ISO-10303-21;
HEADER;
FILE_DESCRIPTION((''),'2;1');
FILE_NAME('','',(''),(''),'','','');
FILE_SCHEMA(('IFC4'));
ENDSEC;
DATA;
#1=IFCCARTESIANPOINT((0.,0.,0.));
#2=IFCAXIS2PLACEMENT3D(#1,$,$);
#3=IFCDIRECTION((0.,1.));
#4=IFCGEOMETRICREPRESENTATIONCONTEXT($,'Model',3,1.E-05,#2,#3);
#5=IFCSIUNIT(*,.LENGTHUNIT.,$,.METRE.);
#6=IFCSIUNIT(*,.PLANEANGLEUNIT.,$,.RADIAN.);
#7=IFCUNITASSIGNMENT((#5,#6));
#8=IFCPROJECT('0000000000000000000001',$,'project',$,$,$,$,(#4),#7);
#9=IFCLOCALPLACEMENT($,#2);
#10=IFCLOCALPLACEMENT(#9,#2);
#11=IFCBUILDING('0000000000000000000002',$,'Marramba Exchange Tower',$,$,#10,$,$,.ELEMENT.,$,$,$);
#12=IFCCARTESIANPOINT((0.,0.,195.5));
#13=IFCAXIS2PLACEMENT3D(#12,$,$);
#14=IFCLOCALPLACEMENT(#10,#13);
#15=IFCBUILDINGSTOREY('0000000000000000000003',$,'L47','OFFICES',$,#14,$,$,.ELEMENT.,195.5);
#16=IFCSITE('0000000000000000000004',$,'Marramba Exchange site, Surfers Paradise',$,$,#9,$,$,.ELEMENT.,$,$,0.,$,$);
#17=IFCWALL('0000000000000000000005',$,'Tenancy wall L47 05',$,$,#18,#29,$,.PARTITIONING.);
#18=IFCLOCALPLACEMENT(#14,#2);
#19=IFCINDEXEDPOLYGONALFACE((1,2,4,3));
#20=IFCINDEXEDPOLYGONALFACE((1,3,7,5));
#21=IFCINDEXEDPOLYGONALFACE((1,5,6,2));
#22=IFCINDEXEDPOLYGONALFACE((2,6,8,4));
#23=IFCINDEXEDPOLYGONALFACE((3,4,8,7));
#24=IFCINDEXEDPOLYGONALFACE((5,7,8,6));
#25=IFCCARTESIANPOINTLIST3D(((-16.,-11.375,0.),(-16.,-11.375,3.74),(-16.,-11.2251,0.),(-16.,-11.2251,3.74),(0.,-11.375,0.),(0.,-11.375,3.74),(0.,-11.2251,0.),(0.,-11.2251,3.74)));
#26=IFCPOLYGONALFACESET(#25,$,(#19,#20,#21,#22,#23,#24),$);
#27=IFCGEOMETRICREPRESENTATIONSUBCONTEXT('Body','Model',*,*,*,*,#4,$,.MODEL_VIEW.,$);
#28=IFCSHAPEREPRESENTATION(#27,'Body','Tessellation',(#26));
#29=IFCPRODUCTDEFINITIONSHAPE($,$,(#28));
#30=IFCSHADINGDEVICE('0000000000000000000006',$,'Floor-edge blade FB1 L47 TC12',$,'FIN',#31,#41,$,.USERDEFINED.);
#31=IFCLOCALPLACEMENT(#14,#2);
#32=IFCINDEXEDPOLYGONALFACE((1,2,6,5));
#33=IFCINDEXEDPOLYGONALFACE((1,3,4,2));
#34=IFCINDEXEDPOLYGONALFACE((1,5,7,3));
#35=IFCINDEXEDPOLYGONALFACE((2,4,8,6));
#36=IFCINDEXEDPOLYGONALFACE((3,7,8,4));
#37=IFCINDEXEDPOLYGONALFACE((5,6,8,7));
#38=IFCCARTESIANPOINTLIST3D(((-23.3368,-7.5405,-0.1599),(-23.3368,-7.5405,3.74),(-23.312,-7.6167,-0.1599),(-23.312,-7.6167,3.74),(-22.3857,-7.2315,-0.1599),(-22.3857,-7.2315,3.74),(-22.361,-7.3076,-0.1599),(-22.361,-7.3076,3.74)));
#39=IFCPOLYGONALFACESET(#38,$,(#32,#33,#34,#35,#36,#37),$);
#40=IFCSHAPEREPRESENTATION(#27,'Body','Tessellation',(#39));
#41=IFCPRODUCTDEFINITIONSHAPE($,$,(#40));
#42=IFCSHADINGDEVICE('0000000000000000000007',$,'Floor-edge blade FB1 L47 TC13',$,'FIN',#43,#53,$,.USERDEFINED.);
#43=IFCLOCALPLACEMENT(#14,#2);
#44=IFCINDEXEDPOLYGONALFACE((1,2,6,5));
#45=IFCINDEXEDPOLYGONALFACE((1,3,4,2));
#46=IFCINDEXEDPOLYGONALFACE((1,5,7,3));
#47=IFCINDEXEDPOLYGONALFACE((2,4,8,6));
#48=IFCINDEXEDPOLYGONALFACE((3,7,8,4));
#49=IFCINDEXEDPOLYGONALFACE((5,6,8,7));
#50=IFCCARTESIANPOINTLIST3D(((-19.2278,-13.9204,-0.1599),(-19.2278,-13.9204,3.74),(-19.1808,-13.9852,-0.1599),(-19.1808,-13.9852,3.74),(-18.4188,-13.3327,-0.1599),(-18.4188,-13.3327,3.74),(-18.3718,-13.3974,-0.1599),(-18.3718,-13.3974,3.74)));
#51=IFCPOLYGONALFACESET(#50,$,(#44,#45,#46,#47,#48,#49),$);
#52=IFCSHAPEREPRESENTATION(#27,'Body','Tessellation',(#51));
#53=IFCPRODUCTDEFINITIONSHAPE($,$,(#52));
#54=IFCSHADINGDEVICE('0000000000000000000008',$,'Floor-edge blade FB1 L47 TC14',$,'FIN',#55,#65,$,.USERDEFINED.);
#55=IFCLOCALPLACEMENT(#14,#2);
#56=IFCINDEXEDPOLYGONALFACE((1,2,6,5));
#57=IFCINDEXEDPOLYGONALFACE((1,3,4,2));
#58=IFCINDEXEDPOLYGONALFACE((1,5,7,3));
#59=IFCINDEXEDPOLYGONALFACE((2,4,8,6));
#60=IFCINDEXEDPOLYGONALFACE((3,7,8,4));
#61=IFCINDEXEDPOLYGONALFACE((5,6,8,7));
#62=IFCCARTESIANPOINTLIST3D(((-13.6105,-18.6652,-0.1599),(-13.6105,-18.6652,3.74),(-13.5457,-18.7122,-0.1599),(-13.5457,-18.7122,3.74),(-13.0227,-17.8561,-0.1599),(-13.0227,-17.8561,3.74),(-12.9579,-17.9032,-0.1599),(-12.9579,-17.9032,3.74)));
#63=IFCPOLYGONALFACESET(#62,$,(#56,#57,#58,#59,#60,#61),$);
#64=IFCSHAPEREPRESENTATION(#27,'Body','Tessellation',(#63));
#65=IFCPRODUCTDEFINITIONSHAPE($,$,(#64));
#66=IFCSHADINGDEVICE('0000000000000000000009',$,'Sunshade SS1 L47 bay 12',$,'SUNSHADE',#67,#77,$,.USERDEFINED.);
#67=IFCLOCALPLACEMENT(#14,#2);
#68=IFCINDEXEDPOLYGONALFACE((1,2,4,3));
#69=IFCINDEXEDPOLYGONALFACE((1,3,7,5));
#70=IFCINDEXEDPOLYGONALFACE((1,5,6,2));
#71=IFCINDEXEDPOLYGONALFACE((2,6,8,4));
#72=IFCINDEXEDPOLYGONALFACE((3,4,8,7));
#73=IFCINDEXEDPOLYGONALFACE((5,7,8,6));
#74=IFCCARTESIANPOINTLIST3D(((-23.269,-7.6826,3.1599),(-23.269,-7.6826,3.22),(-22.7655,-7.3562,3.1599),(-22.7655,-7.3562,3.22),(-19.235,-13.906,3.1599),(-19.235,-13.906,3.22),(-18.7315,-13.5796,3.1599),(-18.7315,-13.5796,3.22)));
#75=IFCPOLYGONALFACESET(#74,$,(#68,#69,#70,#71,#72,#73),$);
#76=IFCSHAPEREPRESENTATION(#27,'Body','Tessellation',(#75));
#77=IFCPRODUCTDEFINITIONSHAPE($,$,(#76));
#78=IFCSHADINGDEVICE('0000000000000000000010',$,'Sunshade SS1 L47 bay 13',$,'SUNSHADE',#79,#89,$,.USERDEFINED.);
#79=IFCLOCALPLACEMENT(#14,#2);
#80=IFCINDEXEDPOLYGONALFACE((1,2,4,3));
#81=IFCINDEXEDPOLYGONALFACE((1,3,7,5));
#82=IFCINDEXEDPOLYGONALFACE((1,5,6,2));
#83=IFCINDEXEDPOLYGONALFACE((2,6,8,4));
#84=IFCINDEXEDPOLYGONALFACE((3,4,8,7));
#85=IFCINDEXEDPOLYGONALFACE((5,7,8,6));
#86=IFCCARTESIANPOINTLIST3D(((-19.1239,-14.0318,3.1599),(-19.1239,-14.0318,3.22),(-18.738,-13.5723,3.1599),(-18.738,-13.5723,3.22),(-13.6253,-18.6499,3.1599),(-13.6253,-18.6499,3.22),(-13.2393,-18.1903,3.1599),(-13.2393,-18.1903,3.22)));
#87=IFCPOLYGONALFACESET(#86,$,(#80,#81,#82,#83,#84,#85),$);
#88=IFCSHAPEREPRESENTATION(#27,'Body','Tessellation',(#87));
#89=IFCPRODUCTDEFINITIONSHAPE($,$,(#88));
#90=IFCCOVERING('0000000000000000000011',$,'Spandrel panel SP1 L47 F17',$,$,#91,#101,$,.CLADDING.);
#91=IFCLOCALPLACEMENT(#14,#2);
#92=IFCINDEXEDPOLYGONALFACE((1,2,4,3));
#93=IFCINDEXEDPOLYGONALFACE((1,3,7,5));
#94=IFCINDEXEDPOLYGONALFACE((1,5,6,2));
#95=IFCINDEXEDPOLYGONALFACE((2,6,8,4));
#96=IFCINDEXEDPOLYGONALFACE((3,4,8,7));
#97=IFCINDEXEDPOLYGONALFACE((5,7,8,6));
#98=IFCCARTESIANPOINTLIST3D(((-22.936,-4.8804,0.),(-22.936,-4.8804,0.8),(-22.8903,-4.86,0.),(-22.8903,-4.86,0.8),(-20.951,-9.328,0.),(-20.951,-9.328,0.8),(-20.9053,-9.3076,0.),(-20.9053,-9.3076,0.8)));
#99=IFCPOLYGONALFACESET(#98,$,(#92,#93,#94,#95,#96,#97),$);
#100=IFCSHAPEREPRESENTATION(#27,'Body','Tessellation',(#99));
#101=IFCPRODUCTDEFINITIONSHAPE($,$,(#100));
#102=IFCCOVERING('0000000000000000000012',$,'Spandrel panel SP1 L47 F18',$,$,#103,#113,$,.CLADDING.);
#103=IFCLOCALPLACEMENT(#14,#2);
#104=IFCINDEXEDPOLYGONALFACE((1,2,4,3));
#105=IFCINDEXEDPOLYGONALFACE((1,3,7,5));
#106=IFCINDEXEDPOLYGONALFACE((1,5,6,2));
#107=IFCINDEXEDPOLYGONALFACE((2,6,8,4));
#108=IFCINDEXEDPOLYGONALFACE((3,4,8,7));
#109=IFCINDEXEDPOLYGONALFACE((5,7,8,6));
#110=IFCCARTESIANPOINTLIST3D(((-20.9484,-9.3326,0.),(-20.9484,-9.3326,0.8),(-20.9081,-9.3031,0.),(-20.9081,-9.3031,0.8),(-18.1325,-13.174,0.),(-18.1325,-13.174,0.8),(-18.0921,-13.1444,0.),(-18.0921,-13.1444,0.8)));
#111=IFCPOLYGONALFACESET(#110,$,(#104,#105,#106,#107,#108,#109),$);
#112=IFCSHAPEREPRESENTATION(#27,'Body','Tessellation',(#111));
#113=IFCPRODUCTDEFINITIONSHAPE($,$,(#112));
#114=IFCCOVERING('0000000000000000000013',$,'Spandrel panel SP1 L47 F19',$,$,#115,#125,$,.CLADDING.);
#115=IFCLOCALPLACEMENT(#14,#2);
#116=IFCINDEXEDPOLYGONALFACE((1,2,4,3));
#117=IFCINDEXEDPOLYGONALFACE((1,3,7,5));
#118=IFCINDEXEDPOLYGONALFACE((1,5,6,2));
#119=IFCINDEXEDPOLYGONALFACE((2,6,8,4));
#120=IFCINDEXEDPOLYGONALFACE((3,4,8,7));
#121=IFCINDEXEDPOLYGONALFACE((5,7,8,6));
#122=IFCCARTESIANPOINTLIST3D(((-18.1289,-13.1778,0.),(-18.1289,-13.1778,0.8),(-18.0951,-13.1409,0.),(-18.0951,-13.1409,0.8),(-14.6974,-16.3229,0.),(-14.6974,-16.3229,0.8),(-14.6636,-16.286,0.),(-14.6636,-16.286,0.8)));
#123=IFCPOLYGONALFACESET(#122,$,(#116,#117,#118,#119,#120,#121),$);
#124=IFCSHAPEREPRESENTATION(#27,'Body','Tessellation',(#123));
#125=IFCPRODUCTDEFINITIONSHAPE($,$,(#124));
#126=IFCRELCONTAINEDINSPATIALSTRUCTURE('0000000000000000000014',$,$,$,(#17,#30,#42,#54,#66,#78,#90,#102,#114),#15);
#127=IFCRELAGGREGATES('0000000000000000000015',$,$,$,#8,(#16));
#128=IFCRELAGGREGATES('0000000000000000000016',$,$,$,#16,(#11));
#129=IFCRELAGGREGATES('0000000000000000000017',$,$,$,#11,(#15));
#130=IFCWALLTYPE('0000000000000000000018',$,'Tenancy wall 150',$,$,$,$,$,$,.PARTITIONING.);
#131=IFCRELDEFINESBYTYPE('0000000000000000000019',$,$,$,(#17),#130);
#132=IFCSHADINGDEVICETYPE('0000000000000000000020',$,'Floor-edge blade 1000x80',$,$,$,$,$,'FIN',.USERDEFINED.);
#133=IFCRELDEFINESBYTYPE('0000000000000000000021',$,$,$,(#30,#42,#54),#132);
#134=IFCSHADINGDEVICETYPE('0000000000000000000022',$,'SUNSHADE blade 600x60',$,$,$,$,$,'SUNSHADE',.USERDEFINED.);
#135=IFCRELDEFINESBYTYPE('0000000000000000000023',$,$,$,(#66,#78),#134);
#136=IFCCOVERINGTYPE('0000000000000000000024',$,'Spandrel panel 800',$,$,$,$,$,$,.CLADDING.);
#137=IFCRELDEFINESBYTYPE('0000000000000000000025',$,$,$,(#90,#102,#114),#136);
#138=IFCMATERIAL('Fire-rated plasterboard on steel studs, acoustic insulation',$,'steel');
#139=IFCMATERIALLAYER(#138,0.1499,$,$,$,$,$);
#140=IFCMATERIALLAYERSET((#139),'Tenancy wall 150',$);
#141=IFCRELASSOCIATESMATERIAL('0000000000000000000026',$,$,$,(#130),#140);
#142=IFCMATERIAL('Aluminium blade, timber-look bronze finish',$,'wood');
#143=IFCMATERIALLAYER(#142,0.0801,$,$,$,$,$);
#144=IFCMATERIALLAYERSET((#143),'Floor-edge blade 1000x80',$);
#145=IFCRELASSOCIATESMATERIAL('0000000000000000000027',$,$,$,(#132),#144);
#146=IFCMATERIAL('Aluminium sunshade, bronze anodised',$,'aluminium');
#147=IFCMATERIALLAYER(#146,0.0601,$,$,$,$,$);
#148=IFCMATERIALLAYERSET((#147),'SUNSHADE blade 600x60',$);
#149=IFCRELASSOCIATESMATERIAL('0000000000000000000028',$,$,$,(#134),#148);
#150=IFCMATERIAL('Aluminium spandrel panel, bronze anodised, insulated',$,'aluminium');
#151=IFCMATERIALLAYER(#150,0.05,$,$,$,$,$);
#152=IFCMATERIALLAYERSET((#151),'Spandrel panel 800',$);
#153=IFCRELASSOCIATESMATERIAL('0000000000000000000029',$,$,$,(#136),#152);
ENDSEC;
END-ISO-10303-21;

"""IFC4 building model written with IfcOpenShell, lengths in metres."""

from ifc_helpers import new_model, si_unit, direction, frame, frame_2d, origin, origin_2d, place, context, subcontext, project, spatial, rectangle, extrude, material, layer, layer_set, type_object, element, save


model = new_model("IFC4")

# Units and contexts
model_context = context("Model", 3, precision=1e-05, world=origin(), true_north=direction((0.0, 1.0)))
body_context = subcontext(model_context, "Body", "Model", "MODEL_VIEW")
ifc_project = project(units=[si_unit("LENGTHUNIT", "METRE"), si_unit("PLANEANGLEUNIT", "RADIAN")], contexts=[model_context])

# Site, building, storey
site_placement = place(None, origin())
site = spatial("IfcSite", under=ifc_project, at=site_placement, Name="Marramba Exchange site, Surfers Paradise", CompositionType="ELEMENT", RefElevation=0.0)
building_placement = place(site_placement, origin())
building = spatial("IfcBuilding", under=site, at=building_placement, Name="Marramba Exchange Tower", CompositionType="ELEMENT")
storey_placement = place(building_placement, frame((0.0, 0.0, 195.5)))
storey = spatial("IfcBuildingStorey", under=building, at=storey_placement, Name="L47", Description="OFFICES", CompositionType="ELEMENT", Elevation=195.5)

# Wall
ifc_material_1 = material(Name="Fire-rated plasterboard on steel studs, acoustic insulation", Category="steel")
ifc_layer_1 = layer(ifc_material_1, 0.1499)
ifc_layer_set_1 = layer_set([ifc_layer_1], Name="Tenancy wall 150")
wall_type_1 = type_object("IfcWallType", Name="Tenancy wall 150", PredefinedType="PARTITIONING", material=ifc_layer_set_1)
wall_1_placement = place(storey_placement, frame((-16.0, -11.3, 0.0), z_axis=(0.0, 0.0, 1.0), x_axis=(1.0, 0.0, 0.0)))
element("IfcWall", 1, at=wall_1_placement, inside=storey, type_object=wall_type_1, Name="Tenancy wall L47 05", PredefinedType="PARTITIONING", context=body_context, shape_type="SweptSolid", body=[
    extrude(rectangle(XDim=16.0, YDim=0.1499, at=frame_2d((8.0, 0.0))), origin(), (0.0, 0.0, 1.0), 3.74),
])

# Shading devices
ifc_material_2 = material(Name="Aluminium blade, timber-look bronze finish", Category="wood")
ifc_layer_2 = layer(ifc_material_2, 0.0801)
ifc_layer_set_2 = layer_set([ifc_layer_2], Name="Floor-edge blade 1000x80")
shading_device_type_1 = type_object("IfcShadingDeviceType", Name="Floor-edge blade 1000x80", ElementType="FIN", PredefinedType="USERDEFINED", material=ifc_layer_set_2)
for number, where, z_axis, x_axis, name in (
    (2, (-22.8489, -7.4241, -0.1599), (0.0, 0.0, 1.0), (-0.951057, -0.309017, 0.0), "Floor-edge blade FB1 L47 TC12"),
    (3, (-18.7998, -13.6589, -0.1599), (0.0, 0.0, 1.0), (-0.809017, -0.587785, 0.0), "Floor-edge blade FB1 L47 TC13"),
    (4, (-13.2842, -18.2842, -0.1599), (0.0, 0.0, 1.0), (-0.587785, -0.809017, 0.0), "Floor-edge blade FB1 L47 TC14"),
):
    element("IfcShadingDevice", number, at=place(storey_placement, frame(where, z_axis=z_axis, x_axis=x_axis)), inside=storey, type_object=shading_device_type_1, Name=name, ObjectType="FIN", PredefinedType="USERDEFINED", context=body_context, shape_type="SweptSolid", body=[
        extrude(rectangle(XDim=1.0, YDim=0.0801, at=origin_2d()), origin(), (0.0, 0.0, 1.0), 3.8999),
    ])
ifc_material_3 = material(Name="Aluminium sunshade, bronze anodised", Category="aluminium")
ifc_layer_3 = layer(ifc_material_3, 0.0601)
ifc_layer_set_3 = layer_set([ifc_layer_3], Name="SUNSHADE blade 600x60")
shading_device_type_2 = type_object("IfcShadingDeviceType", Name="SUNSHADE blade 600x60", ElementType="SUNSHADE", PredefinedType="USERDEFINED", material=ifc_layer_set_3)
shading_device_1_placement = place(storey_placement, frame((-21.0002, -10.6311, 3.1599), z_axis=(0.0, 0.0, 1.0), x_axis=(0.543922, -0.839136, 0.0)))
element("IfcShadingDevice", 5, at=shading_device_1_placement, inside=storey, type_object=shading_device_type_2, Name="Sunshade SS1 L47 bay 12", ObjectType="SUNSHADE", PredefinedType="USERDEFINED", context=body_context, shape_type="SweptSolid", body=[
    extrude(rectangle(XDim=7.4165, YDim=0.6001, at=origin_2d()), origin(), (0.0, 0.0, 1.0), 0.0601),
])
shading_device_2_placement = place(storey_placement, frame((-16.1816, -16.1111, 3.1599), z_axis=(0.0, 0.0, 1.0), x_axis=(0.765762, -0.643124, 0.0)))
element("IfcShadingDevice", 6, at=shading_device_2_placement, inside=storey, type_object=shading_device_type_2, Name="Sunshade SS1 L47 bay 13", ObjectType="SUNSHADE", PredefinedType="USERDEFINED", context=body_context, shape_type="SweptSolid", body=[
    extrude(rectangle(XDim=7.1807, YDim=0.6001, at=origin_2d()), origin(), (0.0, 0.0, 1.0), 0.0601),
])

# Coverings
ifc_material_4 = material(Name="Aluminium spandrel panel, bronze anodised, insulated", Category="aluminium")
ifc_layer_4 = layer(ifc_material_4, 0.05)
ifc_layer_set_4 = layer_set([ifc_layer_4], Name="Spandrel panel 800")
covering_type = type_object("IfcCoveringType", Name="Spandrel panel 800", PredefinedType="CLADDING", material=ifc_layer_set_4)
covering_1_placement = place(storey_placement, frame((-21.9207, -7.094, 0.0), z_axis=(0.0, 0.0, 1.0), x_axis=(0.407558, -0.91318, 0.0)))
element("IfcCovering", 7, at=covering_1_placement, inside=storey, type_object=covering_type, Name="Spandrel panel SP1 L47 F17", PredefinedType="CLADDING", context=body_context, shape_type="SweptSolid", body=[
    extrude(rectangle(XDim=4.8704, YDim=0.05, at=origin_2d()), origin(), (0.0, 0.0, 1.0), 0.8),
])
covering_2_placement = place(storey_placement, frame((-19.5203, -11.2385, 0.0), z_axis=(0.0, 0.0, 1.0), x_axis=(0.591223, -0.806508, 0.0)))
element("IfcCovering", 8, at=covering_2_placement, inside=storey, type_object=covering_type, Name="Spandrel panel SP1 L47 F18", PredefinedType="CLADDING", context=body_context, shape_type="SweptSolid", body=[
    extrude(rectangle(XDim=4.7629, YDim=0.05, at=origin_2d()), origin(), (0.0, 0.0, 1.0), 0.8),
])
covering_3_placement = place(storey_placement, frame((-16.3962, -14.7319, 0.0), z_axis=(0.0, 0.0, 1.0), x_axis=(0.737203, -0.675671, 0.0)))
element("IfcCovering", 9, at=covering_3_placement, inside=storey, type_object=covering_type, Name="Spandrel panel SP1 L47 F19", PredefinedType="CLADDING", context=body_context, shape_type="SweptSolid", body=[
    extrude(rectangle(XDim=4.6548, YDim=0.05, at=origin_2d()), origin(), (0.0, 0.0, 1.0), 0.8),
])

save(model, "model.ifc")
